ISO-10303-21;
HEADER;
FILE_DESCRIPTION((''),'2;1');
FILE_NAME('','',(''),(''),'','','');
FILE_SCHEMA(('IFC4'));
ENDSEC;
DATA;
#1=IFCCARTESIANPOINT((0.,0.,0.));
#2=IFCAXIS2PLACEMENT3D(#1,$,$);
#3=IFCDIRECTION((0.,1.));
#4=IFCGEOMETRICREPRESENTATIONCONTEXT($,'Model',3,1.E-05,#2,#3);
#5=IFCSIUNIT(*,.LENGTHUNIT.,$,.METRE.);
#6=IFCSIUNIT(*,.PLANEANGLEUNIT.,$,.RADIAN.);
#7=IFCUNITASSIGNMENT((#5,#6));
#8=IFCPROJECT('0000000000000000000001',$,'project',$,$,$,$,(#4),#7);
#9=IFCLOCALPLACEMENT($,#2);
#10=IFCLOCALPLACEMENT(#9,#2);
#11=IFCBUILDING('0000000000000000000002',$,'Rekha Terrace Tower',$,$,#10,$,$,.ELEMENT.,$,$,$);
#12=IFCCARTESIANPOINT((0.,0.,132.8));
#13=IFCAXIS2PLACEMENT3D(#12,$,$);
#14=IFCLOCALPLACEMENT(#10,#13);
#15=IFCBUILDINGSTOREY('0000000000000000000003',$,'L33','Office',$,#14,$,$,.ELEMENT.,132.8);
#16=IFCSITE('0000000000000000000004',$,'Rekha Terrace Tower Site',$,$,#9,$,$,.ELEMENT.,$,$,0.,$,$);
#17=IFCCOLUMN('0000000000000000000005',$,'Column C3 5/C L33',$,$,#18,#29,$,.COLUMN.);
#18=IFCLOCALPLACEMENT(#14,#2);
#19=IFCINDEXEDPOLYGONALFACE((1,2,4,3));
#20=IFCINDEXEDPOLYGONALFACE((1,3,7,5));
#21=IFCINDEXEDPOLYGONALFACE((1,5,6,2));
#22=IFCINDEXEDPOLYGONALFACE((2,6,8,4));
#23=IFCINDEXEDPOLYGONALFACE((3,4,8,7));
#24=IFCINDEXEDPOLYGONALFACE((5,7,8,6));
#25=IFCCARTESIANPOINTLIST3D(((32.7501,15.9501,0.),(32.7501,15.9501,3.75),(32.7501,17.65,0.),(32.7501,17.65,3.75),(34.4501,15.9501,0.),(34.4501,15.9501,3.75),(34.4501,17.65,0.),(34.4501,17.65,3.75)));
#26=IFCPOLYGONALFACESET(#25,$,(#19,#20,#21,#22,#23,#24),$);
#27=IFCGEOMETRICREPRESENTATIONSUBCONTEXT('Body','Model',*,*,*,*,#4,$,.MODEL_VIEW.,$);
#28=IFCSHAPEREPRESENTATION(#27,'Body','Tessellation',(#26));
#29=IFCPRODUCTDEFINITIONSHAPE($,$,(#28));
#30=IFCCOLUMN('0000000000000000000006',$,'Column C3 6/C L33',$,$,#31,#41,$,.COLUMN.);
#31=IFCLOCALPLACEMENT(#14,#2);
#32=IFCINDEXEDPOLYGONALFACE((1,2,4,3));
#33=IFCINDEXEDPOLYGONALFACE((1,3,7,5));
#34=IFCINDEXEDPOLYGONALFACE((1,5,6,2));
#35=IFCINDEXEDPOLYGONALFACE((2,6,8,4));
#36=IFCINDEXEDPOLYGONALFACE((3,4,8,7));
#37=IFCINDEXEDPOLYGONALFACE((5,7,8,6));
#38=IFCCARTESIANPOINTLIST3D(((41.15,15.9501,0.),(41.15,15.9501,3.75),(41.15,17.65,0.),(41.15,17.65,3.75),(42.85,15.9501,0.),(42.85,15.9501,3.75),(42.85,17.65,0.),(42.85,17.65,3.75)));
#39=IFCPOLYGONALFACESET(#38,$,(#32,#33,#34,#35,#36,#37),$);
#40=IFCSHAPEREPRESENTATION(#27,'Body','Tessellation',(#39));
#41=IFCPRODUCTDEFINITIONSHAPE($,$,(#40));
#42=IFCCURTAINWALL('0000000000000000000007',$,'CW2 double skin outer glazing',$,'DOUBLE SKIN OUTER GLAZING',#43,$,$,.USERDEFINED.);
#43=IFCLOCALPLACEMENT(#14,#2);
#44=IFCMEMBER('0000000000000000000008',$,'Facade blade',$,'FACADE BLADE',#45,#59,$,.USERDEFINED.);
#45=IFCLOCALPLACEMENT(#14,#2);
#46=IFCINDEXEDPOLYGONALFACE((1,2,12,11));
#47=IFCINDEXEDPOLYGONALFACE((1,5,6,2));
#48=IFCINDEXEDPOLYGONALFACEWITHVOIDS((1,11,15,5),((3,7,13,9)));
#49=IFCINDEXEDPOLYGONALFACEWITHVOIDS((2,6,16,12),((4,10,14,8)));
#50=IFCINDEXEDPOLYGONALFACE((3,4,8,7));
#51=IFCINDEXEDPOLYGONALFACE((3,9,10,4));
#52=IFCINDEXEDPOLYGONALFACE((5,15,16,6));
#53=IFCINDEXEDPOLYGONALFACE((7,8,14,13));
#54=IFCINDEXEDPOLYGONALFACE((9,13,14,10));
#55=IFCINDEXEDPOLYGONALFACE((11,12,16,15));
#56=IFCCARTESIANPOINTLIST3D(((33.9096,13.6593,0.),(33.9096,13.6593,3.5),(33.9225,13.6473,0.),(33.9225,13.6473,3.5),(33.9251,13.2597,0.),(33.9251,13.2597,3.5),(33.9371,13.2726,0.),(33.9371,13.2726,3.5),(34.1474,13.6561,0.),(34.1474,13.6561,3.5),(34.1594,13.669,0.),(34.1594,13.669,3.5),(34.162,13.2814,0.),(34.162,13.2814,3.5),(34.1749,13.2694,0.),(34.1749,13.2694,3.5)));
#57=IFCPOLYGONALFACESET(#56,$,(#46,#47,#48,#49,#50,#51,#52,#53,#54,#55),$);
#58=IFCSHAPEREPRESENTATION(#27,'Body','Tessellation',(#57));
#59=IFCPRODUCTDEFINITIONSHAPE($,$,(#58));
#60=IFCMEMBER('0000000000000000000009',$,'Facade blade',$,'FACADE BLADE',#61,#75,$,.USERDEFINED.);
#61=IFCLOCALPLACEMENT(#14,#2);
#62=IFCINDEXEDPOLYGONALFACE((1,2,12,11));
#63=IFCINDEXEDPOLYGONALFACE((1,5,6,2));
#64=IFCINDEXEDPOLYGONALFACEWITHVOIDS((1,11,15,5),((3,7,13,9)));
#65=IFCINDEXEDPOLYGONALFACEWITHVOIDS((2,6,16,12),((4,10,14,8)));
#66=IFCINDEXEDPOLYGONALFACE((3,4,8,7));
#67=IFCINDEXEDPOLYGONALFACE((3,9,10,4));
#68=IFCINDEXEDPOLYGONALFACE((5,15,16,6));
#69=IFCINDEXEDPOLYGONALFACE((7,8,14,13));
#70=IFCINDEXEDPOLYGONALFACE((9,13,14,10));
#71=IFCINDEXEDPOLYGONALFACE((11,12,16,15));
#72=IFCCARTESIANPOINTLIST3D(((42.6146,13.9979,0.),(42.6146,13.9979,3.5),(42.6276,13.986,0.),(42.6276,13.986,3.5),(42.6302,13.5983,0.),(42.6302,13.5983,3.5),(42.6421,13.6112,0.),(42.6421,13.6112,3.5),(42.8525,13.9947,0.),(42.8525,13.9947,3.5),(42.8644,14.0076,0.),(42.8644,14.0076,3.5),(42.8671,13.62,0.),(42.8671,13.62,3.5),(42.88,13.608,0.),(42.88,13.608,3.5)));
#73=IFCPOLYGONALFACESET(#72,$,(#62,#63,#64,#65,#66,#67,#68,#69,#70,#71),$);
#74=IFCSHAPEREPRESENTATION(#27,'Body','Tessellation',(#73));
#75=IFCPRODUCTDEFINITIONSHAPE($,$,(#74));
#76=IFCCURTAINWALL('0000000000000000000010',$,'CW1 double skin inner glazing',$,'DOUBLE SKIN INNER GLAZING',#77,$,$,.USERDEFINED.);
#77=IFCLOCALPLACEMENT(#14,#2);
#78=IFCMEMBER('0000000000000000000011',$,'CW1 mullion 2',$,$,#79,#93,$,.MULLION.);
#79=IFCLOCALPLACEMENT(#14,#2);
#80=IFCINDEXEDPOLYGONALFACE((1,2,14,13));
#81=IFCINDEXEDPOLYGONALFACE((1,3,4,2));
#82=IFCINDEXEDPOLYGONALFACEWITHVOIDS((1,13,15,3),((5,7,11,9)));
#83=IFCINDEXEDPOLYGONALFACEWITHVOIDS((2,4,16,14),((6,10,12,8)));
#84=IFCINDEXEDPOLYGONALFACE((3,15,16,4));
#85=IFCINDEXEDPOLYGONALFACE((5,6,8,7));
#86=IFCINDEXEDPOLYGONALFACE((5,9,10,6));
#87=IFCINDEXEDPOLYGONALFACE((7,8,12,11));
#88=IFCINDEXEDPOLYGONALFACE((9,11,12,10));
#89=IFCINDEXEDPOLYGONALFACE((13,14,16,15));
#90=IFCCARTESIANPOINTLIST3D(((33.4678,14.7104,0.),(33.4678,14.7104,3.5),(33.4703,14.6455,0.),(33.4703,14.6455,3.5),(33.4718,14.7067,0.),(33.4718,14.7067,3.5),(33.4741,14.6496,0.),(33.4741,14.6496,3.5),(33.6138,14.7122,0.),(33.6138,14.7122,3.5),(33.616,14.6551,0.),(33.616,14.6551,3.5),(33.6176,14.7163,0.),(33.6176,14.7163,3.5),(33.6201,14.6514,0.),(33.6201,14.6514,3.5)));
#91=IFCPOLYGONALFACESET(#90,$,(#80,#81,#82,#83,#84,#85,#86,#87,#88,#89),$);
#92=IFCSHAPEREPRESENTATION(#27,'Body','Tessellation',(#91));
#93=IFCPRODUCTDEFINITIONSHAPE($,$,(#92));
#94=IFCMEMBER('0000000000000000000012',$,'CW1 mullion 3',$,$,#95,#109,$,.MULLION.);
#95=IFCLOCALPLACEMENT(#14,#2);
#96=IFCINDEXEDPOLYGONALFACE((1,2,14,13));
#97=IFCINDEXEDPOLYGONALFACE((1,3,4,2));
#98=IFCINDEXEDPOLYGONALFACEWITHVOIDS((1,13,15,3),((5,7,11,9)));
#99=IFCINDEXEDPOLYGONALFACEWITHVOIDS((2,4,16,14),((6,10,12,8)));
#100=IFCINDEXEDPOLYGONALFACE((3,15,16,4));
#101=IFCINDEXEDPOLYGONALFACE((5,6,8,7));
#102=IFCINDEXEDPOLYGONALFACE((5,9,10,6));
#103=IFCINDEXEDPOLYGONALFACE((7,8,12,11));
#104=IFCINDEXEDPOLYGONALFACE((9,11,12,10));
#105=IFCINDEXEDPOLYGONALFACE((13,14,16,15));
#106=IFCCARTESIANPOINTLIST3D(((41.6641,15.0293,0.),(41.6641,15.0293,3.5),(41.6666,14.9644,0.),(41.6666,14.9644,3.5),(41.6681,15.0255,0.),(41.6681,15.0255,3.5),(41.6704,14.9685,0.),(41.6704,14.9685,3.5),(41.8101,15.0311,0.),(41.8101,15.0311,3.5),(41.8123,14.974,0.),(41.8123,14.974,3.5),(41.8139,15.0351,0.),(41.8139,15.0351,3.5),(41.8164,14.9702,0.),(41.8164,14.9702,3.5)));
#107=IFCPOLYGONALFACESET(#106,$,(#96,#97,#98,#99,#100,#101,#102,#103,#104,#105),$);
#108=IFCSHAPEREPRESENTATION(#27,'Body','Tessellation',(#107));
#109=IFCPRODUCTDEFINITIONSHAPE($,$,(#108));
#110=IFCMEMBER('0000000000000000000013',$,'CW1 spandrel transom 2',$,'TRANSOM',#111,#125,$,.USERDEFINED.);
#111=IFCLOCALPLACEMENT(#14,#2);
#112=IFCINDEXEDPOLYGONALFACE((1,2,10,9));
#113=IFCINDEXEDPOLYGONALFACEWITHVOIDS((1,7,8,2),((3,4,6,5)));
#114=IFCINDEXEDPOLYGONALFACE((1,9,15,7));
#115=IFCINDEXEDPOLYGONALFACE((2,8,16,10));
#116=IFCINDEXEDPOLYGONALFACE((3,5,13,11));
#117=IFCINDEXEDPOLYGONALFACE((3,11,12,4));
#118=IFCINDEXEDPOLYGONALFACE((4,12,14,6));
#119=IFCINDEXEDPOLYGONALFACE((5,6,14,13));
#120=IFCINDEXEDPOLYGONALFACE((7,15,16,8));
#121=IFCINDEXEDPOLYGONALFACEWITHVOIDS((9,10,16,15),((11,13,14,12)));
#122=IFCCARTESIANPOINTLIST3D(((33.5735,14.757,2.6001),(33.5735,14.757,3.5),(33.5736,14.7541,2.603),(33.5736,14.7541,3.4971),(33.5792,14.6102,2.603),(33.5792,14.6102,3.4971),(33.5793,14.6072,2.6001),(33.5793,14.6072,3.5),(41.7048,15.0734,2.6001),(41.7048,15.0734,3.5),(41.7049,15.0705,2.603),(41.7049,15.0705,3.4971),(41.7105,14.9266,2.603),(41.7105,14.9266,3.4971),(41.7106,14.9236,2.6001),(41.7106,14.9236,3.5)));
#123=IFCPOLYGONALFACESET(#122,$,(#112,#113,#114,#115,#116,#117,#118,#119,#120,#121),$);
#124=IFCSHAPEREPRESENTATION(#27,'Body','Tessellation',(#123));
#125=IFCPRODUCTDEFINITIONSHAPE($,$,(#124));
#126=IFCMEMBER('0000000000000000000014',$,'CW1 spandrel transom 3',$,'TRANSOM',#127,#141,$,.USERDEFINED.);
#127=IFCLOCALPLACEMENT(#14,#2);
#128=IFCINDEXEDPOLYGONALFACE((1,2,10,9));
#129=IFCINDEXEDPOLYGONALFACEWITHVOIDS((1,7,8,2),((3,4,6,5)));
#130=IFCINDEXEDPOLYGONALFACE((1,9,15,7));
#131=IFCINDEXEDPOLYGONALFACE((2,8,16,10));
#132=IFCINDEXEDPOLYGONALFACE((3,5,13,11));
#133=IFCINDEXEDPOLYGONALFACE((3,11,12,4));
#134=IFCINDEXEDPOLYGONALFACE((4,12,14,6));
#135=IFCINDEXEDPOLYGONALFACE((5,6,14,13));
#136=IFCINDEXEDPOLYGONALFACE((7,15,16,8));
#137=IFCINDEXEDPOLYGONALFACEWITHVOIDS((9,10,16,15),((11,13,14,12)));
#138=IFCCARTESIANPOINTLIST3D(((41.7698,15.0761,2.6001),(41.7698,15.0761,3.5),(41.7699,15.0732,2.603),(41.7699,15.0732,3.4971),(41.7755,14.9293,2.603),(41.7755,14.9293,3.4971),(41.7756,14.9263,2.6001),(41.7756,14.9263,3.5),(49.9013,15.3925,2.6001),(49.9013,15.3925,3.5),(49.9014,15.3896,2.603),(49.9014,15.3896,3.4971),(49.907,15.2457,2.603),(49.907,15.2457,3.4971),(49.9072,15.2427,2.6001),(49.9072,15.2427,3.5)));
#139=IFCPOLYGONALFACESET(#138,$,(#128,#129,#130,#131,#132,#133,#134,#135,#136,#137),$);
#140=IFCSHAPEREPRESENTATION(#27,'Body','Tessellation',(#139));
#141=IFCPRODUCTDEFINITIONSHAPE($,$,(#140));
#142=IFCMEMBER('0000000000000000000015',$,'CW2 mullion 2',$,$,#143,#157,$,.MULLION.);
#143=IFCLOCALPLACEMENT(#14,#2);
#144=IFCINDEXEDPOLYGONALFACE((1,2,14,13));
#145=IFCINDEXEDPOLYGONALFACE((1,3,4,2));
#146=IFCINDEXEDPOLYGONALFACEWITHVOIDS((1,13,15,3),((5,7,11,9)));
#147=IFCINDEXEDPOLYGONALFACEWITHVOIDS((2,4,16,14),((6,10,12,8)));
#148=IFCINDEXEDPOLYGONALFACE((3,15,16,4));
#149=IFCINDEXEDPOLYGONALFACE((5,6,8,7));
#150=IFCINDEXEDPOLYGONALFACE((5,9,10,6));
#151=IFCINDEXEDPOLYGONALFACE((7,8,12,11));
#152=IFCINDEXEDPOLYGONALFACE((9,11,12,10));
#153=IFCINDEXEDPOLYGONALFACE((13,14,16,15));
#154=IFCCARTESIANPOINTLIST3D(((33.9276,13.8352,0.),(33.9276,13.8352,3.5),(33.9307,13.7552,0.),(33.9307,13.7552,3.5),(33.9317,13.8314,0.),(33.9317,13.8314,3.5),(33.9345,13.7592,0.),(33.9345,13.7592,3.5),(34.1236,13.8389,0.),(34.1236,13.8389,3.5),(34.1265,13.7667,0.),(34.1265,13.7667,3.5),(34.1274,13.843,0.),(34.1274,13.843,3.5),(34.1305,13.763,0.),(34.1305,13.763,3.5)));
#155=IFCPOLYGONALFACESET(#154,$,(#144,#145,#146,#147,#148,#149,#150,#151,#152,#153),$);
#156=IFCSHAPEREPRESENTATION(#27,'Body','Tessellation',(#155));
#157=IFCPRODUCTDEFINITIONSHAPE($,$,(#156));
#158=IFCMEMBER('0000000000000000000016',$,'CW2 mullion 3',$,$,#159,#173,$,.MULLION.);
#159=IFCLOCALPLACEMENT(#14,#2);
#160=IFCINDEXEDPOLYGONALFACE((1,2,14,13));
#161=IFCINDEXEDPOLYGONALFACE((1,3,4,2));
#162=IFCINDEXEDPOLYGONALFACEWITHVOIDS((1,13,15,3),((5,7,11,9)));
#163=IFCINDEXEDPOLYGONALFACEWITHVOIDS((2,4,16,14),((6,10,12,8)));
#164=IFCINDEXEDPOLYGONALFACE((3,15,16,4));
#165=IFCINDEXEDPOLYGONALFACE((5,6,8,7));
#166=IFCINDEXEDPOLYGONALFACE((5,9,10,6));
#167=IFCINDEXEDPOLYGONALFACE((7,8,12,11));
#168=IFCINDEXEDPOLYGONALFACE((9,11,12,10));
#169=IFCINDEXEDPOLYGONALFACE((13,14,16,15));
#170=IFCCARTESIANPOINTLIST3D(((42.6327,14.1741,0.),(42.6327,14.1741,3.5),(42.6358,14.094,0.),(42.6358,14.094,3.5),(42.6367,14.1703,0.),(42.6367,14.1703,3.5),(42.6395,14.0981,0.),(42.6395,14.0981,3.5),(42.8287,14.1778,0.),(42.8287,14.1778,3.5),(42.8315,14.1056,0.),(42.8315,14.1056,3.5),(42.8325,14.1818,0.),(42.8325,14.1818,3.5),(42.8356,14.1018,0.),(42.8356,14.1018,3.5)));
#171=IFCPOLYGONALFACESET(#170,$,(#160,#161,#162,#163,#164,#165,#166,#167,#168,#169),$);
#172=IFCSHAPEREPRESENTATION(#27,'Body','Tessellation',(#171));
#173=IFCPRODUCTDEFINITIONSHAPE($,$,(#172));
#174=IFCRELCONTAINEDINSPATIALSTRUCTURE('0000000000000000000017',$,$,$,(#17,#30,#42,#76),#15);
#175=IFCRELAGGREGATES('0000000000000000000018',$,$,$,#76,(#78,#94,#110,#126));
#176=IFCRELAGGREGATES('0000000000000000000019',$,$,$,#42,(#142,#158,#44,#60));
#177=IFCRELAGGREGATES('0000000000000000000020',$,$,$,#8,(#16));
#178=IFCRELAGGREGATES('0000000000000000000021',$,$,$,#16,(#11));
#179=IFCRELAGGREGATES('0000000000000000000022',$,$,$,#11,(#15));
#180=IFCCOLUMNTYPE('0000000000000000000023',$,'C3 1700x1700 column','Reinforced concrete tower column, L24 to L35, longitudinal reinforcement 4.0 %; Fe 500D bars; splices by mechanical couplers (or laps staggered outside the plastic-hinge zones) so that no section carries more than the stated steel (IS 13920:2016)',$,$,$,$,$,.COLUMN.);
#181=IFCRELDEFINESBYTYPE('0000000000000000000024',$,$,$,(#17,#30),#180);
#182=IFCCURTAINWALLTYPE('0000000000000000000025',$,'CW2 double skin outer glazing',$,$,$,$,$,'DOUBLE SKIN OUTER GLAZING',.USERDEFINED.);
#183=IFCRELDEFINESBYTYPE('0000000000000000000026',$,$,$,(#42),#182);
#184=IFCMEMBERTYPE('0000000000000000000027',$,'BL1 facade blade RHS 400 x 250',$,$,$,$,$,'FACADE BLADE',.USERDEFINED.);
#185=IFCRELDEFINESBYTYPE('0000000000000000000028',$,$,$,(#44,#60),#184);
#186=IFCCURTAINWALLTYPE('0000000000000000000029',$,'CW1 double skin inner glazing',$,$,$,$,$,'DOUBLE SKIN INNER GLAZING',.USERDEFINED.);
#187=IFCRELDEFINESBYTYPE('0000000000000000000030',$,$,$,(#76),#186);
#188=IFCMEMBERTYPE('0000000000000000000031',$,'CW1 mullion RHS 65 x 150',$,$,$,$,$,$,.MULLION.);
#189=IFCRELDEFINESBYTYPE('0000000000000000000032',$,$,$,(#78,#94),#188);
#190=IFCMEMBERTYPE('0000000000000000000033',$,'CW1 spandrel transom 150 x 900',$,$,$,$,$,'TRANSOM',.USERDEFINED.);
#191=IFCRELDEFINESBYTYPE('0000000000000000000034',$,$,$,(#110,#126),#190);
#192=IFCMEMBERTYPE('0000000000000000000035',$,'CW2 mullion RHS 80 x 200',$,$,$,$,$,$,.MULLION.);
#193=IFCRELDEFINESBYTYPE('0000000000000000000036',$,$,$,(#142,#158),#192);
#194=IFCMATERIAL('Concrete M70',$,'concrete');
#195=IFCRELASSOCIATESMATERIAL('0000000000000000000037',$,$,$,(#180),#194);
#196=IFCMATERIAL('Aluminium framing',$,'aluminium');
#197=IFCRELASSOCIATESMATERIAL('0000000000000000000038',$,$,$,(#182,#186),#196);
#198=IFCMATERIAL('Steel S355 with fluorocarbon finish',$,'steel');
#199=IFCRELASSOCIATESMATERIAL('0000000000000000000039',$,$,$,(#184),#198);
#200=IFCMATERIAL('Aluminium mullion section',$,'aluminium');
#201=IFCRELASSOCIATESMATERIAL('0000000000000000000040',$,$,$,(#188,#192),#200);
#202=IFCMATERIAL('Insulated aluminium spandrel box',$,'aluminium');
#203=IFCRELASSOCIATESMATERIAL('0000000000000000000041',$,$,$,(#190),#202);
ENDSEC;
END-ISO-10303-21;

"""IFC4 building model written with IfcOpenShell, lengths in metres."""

from ifc_helpers import new_model, si_unit, direction, frame, origin, origin_2d, place, context, subcontext, project, spatial, rectangle, hollow_rectangle, extrude, material, material_profile, profile_set, type_object, element, aggregate, save


model = new_model("IFC4")

# Units and contexts
model_context = context("Model", 3, precision=1e-05, world=origin(), true_north=direction((0.0, 1.0)))
body_context = subcontext(model_context, "Body", "Model", "MODEL_VIEW")
ifc_project = project(units=[si_unit("LENGTHUNIT", "METRE"), si_unit("PLANEANGLEUNIT", "RADIAN")], contexts=[model_context])

# Site, building, storey
site_placement = place(None, origin())
site = spatial("IfcSite", under=ifc_project, at=site_placement, Name="Rekha Terrace Tower Site", CompositionType="ELEMENT", RefElevation=0.0)
building_placement = place(site_placement, origin())
building = spatial("IfcBuilding", under=site, at=building_placement, Name="Rekha Terrace Tower", CompositionType="ELEMENT")
storey_placement = place(building_placement, frame((0.0, 0.0, 132.8)))
storey = spatial("IfcBuildingStorey", under=building, at=storey_placement, Name="L33", Description="Office", CompositionType="ELEMENT", Elevation=132.8)

# Columns
ifc_material_1 = material(Name="Concrete M70", Category="concrete")
ifc_material_profile_1 = material_profile(ifc_material_1, rectangle(XDim=1.7, YDim=1.7, at=origin_2d()), Name="RC 1700x1700")
ifc_profile_set_1 = profile_set([ifc_material_profile_1], Name="Concrete M70")
column_type = type_object("IfcColumnType", Name="C3 1700x1700 column", Description="Reinforced concrete tower column, L24 to L35, longitudinal reinforcement 4.0 %; Fe 500D bars; splices by mechanical couplers (or laps staggered outside the plastic-hinge zones) so that no section carries more than the stated steel (IS 13920:2016)", PredefinedType="COLUMN", material=ifc_profile_set_1)
for number, where, z_axis, x_axis, name in (
    (1, (33.6001, 16.8, 0.0), (0.0, 0.0, 1.0), (1.0, 0.0, 0.0), "Column C3 5/C L33"),
    (2, (42.0, 16.8, 0.0), (0.0, 0.0, 1.0), (1.0, 0.0, 0.0), "Column C3 6/C L33"),
):
    element("IfcColumn", number, at=place(storey_placement, frame(where, z_axis=z_axis, x_axis=x_axis)), inside=storey, type_object=column_type, Name=name, PredefinedType="COLUMN", context=body_context, shape_type="SweptSolid", body=[
        extrude(rectangle(XDim=1.7, YDim=1.7, at=origin_2d()), origin(), (0.0, 0.0, 1.0), 3.75),
    ])

# Curtain walls, members
ifc_material_2 = material(Name="Aluminium framing", Category="aluminium")
curtain_wall_type_1 = type_object("IfcCurtainWallType", Name="CW2 double skin outer glazing", ElementType="DOUBLE SKIN OUTER GLAZING", PredefinedType="USERDEFINED", material=ifc_material_2)
curtain_wall_1_placement = place(storey_placement, origin())
curtain_wall_1 = element("IfcCurtainWall", 3, at=curtain_wall_1_placement, inside=storey, type_object=curtain_wall_type_1, Name="CW2 double skin outer glazing", ObjectType="DOUBLE SKIN OUTER GLAZING", PredefinedType="USERDEFINED")
ifc_material_3 = material(Name="Steel S355 with fluorocarbon finish", Category="steel")
ifc_material_profile_2 = material_profile(ifc_material_3, hollow_rectangle(XDim=0.25, YDim=0.3999, WallThickness=0.0125, at=origin_2d()), Name="RHS400x250x12.5")
ifc_profile_set_2 = profile_set([ifc_material_profile_2], Name="Steel S355 with fluorocarbon finish")
member_type_1 = type_object("IfcMemberType", Name="BL1 facade blade RHS 400 x 250", ElementType="FACADE BLADE", PredefinedType="USERDEFINED", material=ifc_profile_set_2)
member_1_placement = place(storey_placement, frame((34.0422, 13.4644, 0.0), z_axis=(0.0, 0.0, 1.0), x_axis=(0.999243, 0.03889, 0.0)))
member_1 = element("IfcMember", 4, at=member_1_placement, type_object=member_type_1, Name="Facade blade", ObjectType="FACADE BLADE", PredefinedType="USERDEFINED", context=body_context, shape_type="SweptSolid", body=[
    extrude(hollow_rectangle(XDim=0.25, YDim=0.3999, WallThickness=0.0125, at=origin_2d()), origin(), (0.0, 0.0, 1.0), 3.5),
])
member_2_placement = place(storey_placement, frame((42.7473, 13.803, 0.0), z_axis=(0.0, 0.0, 1.0), x_axis=(0.999243, 0.03889, 0.0)))
member_2 = element("IfcMember", 5, at=member_2_placement, type_object=member_type_1, Name="Facade blade", ObjectType="FACADE BLADE", PredefinedType="USERDEFINED", context=body_context, shape_type="SweptSolid", body=[
    extrude(hollow_rectangle(XDim=0.25, YDim=0.3999, WallThickness=0.0125, at=origin_2d()), origin(), (0.0, 0.0, 1.0), 3.5),
])
curtain_wall_type_2 = type_object("IfcCurtainWallType", Name="CW1 double skin inner glazing", ElementType="DOUBLE SKIN INNER GLAZING", PredefinedType="USERDEFINED", material=ifc_material_2)
curtain_wall_2_placement = place(storey_placement, origin())
curtain_wall_2 = element("IfcCurtainWall", 6, at=curtain_wall_2_placement, inside=storey, type_object=curtain_wall_type_2, Name="CW1 double skin inner glazing", ObjectType="DOUBLE SKIN INNER GLAZING", PredefinedType="USERDEFINED")
ifc_material_4 = material(Name="Aluminium mullion section", Category="aluminium")
ifc_material_profile_3 = material_profile(ifc_material_4, hollow_rectangle(XDim=0.0649, YDim=0.1499, WallThickness=0.0039, at=origin_2d()), Name="AL RHS 65x150")
ifc_profile_set_3 = profile_set([ifc_material_profile_3], Name="Aluminium mullion section")
member_type_2 = type_object("IfcMemberType", Name="CW1 mullion RHS 65 x 150", PredefinedType="MULLION", material=ifc_profile_set_3)
member_3_placement = place(storey_placement, frame((33.5439, 14.6809, 0.0), z_axis=(0.0, 0.0, 1.0), x_axis=(-0.03889, 0.999243, 0.0)))
member_3 = element("IfcMember", 7, at=member_3_placement, type_object=member_type_2, Name="CW1 mullion 2", PredefinedType="MULLION", context=body_context, shape_type="SweptSolid", body=[
    extrude(hollow_rectangle(XDim=0.0649, YDim=0.1499, WallThickness=0.0039, at=origin_2d()), origin(), (0.0, 0.0, 1.0), 3.5),
])
member_4_placement = place(storey_placement, frame((41.7402, 14.9998, 0.0), z_axis=(0.0, 0.0, 1.0), x_axis=(-0.03889, 0.999243, 0.0)))
member_4 = element("IfcMember", 8, at=member_4_placement, type_object=member_type_2, Name="CW1 mullion 3", PredefinedType="MULLION", context=body_context, shape_type="SweptSolid", body=[
    extrude(hollow_rectangle(XDim=0.0649, YDim=0.1499, WallThickness=0.0039, at=origin_2d()), origin(), (0.0, 0.0, 1.0), 3.5),
])
ifc_material_5 = material(Name="Insulated aluminium spandrel box", Category="aluminium")
ifc_material_profile_4 = material_profile(ifc_material_5, hollow_rectangle(XDim=0.1499, YDim=0.8999, WallThickness=0.0029, at=origin_2d()), Name="AL SPANDREL BOX 150x900")
ifc_profile_set_4 = profile_set([ifc_material_profile_4], Name="Insulated aluminium spandrel box")
member_type_3 = type_object("IfcMemberType", Name="CW1 spandrel transom 150 x 900", ElementType="TRANSOM", PredefinedType="USERDEFINED", material=ifc_profile_set_4)
member_5_placement = place(storey_placement, frame((33.5764, 14.6821, 3.05), z_axis=(0.999244, 0.038882, 0.0), x_axis=(-0.038882, 0.999244, 0.0)))
member_5 = element("IfcMember", 9, at=member_5_placement, type_object=member_type_3, Name="CW1 spandrel transom 2", ObjectType="TRANSOM", PredefinedType="USERDEFINED", context=body_context, shape_type="SweptSolid", body=[
    extrude(hollow_rectangle(XDim=0.1499, YDim=0.8999, WallThickness=0.0029, at=origin_2d()), origin(), (0.0, 0.0, 1.0), 8.1375),
])
member_6_placement = place(storey_placement, frame((41.7727, 15.0012, 3.05), z_axis=(0.999244, 0.038881, 0.0), x_axis=(-0.038881, 0.999244, 0.0)))
member_6 = element("IfcMember", 10, at=member_6_placement, type_object=member_type_3, Name="CW1 spandrel transom 3", ObjectType="TRANSOM", PredefinedType="USERDEFINED", context=body_context, shape_type="SweptSolid", body=[
    extrude(hollow_rectangle(XDim=0.1499, YDim=0.8999, WallThickness=0.0029, at=origin_2d()), origin(), (0.0, 0.0, 1.0), 8.1377),
])

# Members
ifc_material_profile_5 = material_profile(ifc_material_4, hollow_rectangle(XDim=0.0801, YDim=0.2, WallThickness=0.0039, at=origin_2d()), Name="AL RHS 80x200")
ifc_profile_set_5 = profile_set([ifc_material_profile_5], Name="Aluminium mullion section")
member_type_4 = type_object("IfcMemberType", Name="CW2 mullion RHS 80 x 200", PredefinedType="MULLION", material=ifc_profile_set_5)
member_7_placement = place(storey_placement, frame((34.0291, 13.7991, 0.0), z_axis=(0.0, 0.0, 1.0), x_axis=(-0.03889, 0.999243, 0.0)))
member_7 = element("IfcMember", 11, at=member_7_placement, type_object=member_type_4, Name="CW2 mullion 2", PredefinedType="MULLION", context=body_context, shape_type="SweptSolid", body=[
    extrude(hollow_rectangle(XDim=0.0801, YDim=0.2, WallThickness=0.0039, at=origin_2d()), origin(), (0.0, 0.0, 1.0), 3.5),
])
member_8_placement = place(storey_placement, frame((42.7341, 14.1379, 0.0), z_axis=(0.0, 0.0, 1.0), x_axis=(-0.03889, 0.999243, 0.0)))
member_8 = element("IfcMember", 12, at=member_8_placement, type_object=member_type_4, Name="CW2 mullion 3", PredefinedType="MULLION", context=body_context, shape_type="SweptSolid", body=[
    extrude(hollow_rectangle(XDim=0.0801, YDim=0.2, WallThickness=0.0039, at=origin_2d()), origin(), (0.0, 0.0, 1.0), 3.5),
])

aggregate(curtain_wall_2, [member_3, member_4, member_5, member_6])
aggregate(curtain_wall_1, [member_7, member_8, member_1, member_2])

save(model, "model.ifc")
